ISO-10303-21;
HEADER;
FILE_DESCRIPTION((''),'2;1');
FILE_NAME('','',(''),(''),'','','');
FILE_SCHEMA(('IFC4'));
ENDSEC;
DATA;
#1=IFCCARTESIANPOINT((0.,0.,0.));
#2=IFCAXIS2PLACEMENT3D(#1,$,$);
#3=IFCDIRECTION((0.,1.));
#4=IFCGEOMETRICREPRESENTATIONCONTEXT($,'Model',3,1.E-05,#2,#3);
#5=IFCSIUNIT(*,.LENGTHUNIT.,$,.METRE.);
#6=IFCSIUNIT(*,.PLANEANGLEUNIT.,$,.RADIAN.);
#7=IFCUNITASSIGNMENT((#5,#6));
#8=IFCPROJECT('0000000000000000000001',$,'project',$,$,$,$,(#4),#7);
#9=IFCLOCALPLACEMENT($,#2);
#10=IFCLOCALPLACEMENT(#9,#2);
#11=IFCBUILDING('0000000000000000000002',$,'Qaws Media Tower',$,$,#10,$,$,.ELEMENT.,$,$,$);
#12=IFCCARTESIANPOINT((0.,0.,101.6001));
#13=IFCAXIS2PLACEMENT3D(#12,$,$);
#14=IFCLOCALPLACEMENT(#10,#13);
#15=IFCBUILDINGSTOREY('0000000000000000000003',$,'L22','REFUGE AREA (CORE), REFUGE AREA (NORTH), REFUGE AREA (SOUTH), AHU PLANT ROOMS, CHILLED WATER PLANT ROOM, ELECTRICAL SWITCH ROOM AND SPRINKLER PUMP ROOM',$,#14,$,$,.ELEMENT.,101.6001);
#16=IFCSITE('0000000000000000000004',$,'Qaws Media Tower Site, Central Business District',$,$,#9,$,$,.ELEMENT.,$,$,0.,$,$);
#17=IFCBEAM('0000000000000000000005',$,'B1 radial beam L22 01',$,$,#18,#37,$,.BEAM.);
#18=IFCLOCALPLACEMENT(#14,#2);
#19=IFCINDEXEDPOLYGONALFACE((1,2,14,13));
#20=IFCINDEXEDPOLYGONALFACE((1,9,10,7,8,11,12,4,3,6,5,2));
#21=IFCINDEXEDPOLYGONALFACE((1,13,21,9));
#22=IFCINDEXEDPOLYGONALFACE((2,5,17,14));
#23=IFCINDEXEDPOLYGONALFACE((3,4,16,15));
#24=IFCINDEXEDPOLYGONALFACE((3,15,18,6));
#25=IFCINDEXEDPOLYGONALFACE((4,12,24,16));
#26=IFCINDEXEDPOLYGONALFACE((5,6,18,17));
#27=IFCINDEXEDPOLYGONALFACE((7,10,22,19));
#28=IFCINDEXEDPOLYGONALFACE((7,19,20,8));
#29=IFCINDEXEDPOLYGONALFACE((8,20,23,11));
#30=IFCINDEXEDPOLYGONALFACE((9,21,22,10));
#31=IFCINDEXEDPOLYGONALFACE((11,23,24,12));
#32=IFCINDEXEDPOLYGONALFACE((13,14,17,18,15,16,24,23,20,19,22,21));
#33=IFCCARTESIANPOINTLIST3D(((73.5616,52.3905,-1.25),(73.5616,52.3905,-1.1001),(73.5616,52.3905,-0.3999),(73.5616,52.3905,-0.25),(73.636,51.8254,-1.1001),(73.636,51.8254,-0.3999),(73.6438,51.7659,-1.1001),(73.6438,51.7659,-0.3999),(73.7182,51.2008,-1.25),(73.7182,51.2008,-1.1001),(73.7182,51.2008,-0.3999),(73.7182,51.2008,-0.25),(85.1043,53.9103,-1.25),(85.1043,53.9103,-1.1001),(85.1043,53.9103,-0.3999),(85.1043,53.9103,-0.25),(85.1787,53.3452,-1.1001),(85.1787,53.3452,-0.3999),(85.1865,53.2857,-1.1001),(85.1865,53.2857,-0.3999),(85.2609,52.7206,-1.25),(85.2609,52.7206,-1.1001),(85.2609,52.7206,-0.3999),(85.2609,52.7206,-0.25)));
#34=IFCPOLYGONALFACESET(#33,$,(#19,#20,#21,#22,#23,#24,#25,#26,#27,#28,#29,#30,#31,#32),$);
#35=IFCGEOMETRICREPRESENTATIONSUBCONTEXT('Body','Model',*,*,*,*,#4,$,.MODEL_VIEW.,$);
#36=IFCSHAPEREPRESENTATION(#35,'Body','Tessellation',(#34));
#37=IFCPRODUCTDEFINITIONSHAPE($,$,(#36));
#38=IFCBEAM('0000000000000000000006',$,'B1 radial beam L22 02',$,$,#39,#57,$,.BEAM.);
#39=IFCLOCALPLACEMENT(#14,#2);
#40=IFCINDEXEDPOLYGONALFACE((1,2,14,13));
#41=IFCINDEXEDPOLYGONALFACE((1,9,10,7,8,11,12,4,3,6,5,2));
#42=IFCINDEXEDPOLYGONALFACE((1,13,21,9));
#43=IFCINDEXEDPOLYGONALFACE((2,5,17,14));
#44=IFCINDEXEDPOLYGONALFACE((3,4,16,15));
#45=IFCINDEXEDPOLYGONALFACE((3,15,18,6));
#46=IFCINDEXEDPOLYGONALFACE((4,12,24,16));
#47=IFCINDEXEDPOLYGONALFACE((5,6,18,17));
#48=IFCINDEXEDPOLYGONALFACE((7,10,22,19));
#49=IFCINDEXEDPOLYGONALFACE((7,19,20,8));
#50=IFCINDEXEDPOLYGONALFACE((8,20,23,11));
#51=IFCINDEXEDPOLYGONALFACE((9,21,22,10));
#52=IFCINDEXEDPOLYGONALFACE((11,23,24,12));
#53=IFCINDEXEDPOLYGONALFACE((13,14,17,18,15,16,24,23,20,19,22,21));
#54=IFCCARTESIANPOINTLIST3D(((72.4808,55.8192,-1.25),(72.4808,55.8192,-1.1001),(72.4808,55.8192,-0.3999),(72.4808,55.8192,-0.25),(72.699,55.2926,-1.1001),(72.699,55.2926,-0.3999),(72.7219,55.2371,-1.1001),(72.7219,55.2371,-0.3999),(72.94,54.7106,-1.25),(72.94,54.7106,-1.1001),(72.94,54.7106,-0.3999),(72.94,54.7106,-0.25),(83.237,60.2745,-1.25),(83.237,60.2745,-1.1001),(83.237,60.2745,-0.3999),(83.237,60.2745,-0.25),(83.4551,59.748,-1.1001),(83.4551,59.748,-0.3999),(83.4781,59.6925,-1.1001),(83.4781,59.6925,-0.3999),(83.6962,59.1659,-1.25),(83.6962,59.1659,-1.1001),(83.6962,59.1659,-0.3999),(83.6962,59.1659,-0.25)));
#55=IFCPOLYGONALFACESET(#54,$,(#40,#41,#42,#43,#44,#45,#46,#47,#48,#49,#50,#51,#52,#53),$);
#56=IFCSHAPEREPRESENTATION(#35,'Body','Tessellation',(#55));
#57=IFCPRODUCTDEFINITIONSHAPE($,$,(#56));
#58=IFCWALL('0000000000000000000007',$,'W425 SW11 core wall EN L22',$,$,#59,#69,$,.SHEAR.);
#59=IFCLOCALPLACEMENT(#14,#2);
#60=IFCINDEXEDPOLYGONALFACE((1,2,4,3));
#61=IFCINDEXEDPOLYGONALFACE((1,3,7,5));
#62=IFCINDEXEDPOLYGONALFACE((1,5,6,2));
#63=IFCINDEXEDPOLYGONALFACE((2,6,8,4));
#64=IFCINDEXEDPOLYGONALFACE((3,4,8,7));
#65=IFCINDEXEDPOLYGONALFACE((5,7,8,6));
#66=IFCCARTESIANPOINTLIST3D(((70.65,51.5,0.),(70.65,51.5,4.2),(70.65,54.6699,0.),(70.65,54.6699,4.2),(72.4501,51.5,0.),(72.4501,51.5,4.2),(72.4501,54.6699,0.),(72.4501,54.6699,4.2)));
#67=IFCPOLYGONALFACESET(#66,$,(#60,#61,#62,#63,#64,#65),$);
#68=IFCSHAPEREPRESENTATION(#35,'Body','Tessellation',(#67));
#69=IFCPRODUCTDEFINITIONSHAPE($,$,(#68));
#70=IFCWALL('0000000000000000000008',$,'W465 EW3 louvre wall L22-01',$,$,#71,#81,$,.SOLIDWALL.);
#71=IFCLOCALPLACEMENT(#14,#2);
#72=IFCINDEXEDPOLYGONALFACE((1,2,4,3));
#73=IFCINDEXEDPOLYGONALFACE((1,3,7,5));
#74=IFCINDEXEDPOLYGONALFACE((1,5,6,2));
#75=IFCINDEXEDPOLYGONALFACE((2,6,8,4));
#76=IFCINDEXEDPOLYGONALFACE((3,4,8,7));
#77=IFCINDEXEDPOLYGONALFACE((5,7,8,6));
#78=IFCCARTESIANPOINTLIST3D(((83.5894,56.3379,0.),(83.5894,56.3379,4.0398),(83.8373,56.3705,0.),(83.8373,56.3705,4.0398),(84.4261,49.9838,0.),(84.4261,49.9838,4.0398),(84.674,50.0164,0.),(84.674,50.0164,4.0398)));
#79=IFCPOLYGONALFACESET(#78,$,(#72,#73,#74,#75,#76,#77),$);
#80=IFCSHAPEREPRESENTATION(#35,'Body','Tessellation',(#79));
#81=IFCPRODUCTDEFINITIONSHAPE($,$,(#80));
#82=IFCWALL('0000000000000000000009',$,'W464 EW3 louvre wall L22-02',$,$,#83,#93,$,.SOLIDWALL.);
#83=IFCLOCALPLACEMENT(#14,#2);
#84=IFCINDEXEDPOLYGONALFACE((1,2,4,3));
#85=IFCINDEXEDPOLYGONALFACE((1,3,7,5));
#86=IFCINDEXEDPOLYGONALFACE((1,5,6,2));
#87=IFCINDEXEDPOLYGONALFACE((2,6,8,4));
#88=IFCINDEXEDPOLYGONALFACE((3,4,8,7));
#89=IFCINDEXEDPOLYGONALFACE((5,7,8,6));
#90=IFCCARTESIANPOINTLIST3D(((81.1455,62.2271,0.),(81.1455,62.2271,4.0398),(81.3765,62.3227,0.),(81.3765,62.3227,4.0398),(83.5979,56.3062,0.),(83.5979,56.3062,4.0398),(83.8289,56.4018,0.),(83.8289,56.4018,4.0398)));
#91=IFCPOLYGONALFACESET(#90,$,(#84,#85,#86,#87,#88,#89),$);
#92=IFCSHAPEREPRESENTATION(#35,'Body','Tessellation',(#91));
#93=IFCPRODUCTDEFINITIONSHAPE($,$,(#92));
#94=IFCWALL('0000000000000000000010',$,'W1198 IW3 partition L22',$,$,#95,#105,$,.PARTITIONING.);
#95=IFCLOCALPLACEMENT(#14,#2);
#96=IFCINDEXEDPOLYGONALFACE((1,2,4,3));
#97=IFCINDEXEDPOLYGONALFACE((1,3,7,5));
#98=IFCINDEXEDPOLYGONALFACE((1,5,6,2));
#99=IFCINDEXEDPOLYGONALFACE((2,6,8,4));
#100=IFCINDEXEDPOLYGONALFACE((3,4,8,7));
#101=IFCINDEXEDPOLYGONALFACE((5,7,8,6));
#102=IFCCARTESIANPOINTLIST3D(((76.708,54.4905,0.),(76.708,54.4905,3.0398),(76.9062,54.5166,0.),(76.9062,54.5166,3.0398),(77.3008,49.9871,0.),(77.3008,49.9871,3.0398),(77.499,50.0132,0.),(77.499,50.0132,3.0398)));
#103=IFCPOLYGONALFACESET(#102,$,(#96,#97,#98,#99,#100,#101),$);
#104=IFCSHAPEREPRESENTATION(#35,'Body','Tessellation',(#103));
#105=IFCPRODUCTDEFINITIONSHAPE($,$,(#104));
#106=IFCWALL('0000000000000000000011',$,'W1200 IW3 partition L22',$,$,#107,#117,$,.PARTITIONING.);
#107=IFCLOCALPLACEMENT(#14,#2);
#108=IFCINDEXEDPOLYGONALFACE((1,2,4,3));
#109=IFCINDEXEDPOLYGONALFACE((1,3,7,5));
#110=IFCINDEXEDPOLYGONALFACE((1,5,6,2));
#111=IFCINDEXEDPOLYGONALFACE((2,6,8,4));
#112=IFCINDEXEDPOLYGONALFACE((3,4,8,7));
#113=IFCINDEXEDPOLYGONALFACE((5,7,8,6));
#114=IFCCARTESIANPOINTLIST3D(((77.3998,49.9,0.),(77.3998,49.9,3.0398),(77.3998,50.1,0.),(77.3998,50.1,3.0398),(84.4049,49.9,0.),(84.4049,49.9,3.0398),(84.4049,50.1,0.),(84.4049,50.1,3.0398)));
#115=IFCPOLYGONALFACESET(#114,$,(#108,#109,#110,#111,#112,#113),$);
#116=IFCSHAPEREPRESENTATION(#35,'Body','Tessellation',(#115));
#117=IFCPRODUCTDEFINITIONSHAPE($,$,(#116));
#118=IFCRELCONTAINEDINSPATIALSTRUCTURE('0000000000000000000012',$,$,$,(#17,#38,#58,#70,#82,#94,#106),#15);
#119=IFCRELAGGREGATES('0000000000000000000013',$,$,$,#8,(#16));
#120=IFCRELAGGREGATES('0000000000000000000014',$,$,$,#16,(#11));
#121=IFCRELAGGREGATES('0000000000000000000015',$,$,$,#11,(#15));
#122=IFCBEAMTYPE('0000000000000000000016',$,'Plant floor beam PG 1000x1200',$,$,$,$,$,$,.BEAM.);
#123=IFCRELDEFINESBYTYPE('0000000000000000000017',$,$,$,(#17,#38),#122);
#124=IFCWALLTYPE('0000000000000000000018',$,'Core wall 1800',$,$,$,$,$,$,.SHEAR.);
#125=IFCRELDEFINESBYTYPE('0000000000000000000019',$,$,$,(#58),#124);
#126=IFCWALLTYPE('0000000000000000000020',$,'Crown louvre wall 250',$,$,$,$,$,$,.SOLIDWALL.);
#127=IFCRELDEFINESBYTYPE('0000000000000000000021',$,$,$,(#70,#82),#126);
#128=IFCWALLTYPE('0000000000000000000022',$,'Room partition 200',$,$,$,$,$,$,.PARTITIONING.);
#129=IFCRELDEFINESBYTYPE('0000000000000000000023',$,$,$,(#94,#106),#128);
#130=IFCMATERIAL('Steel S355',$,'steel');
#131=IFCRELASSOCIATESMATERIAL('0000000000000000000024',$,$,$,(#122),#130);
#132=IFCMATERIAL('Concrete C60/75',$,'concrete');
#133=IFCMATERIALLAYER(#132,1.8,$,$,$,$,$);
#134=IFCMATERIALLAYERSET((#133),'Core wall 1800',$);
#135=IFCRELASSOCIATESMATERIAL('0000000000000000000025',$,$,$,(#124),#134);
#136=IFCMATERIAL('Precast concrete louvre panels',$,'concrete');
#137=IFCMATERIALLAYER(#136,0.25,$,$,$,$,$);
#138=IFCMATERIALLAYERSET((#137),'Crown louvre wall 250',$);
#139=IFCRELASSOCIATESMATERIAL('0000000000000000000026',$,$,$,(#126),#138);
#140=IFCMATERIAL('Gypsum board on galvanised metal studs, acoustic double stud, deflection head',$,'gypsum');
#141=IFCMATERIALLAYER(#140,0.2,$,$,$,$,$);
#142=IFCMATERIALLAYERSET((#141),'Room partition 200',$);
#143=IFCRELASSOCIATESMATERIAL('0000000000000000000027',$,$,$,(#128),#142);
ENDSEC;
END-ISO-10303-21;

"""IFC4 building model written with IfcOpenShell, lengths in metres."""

from ifc_helpers import new_model, si_unit, direction, frame, frame_2d, origin, origin_2d, place, context, subcontext, project, spatial, rectangle, i_section, extrude, material, layer, layer_set, material_profile, profile_set, type_object, element, save


model = new_model("IFC4")

# Units and contexts
model_context = context("Model", 3, precision=1e-05, world=origin(), true_north=direction((0.0, 1.0)))
body_context = subcontext(model_context, "Body", "Model", "MODEL_VIEW")
ifc_project = project(units=[si_unit("LENGTHUNIT", "METRE"), si_unit("PLANEANGLEUNIT", "RADIAN")], contexts=[model_context])

# Site, building, storey
site_placement = place(None, origin())
site = spatial("IfcSite", under=ifc_project, at=site_placement, Name="Qaws Media Tower Site, Central Business District", CompositionType="ELEMENT", RefElevation=0.0)
building_placement = place(site_placement, origin())
building = spatial("IfcBuilding", under=site, at=building_placement, Name="Qaws Media Tower", CompositionType="ELEMENT")
storey_placement = place(building_placement, frame((0.0, 0.0, 101.6001)))
storey = spatial("IfcBuildingStorey", under=building, at=storey_placement, Name="L22", Description="REFUGE AREA (CORE), REFUGE AREA (NORTH), REFUGE AREA (SOUTH), AHU PLANT ROOMS, CHILLED WATER PLANT ROOM, ELECTRICAL SWITCH ROOM AND SPRINKLER PUMP ROOM", CompositionType="ELEMENT", Elevation=101.6001)

# Beams
ifc_material_1 = material(Name="Steel S355", Category="steel")
ifc_material_profile_1 = material_profile(ifc_material_1, i_section(OverallWidth=1.2, OverallDepth=1.0, WebThickness=0.0601, FlangeThickness=0.1499, at=origin_2d()), Name="PG 1000x1200")
ifc_profile_set_1 = profile_set([ifc_material_profile_1], Name="Steel S355")
beam_type_1 = type_object("IfcBeamType", Name="Plant floor beam PG 1000x1200", PredefinedType="BEAM", material=ifc_profile_set_1)
for number, where, z_axis, x_axis, name in (
    (1, (73.6399, 51.7957, -0.75), (0.991443, 0.130539, 0.0), (-0.130539, 0.991443, 0.0), "B1 radial beam L22 01"),
    (2, (72.7104, 55.2649, -0.75), (0.92388, 0.382683, 0.0), (-0.382683, 0.92388, 0.0), "B1 radial beam L22 02"),
):
    element("IfcBeam", number, at=place(storey_placement, frame(where, z_axis=z_axis, x_axis=x_axis)), inside=storey, type_object=beam_type_1, Name=name, PredefinedType="BEAM", context=body_context, shape_type="SweptSolid", body=[
        extrude(i_section(OverallWidth=1.2, OverallDepth=1.0, WebThickness=0.0601, FlangeThickness=0.1499, at=origin_2d()), origin(), (0.0, 0.0, 1.0), 11.6423),
    ])

# Walls
ifc_material_2 = material(Name="Concrete C60/75", Category="concrete")
ifc_layer_1 = layer(ifc_material_2, 1.8)
ifc_layer_set_1 = layer_set([ifc_layer_1], Name="Core wall 1800")
wall_type_1 = type_object("IfcWallType", Name="Core wall 1800", PredefinedType="SHEAR", material=ifc_layer_set_1)
wall_1_placement = place(storey_placement, frame((71.55, 51.5, 0.0), z_axis=(0.0, 0.0, 1.0), x_axis=(0.0, 1.0, 0.0)))
element("IfcWall", 3, at=wall_1_placement, inside=storey, type_object=wall_type_1, Name="W425 SW11 core wall EN L22", PredefinedType="SHEAR", context=body_context, shape_type="SweptSolid", body=[
    extrude(rectangle(XDim=3.1699, YDim=1.8, at=frame_2d((1.585, 0.0))), origin(), (0.0, 0.0, 1.0), 4.2),
])
ifc_material_3 = material(Name="Precast concrete louvre panels", Category="concrete")
ifc_layer_2 = layer(ifc_material_3, 0.25)
ifc_layer_set_2 = layer_set([ifc_layer_2], Name="Crown louvre wall 250")
wall_type_2 = type_object("IfcWallType", Name="Crown louvre wall 250", PredefinedType="SOLIDWALL", material=ifc_layer_set_2)
wall_2_placement = place(storey_placement, frame((84.55, 50.0, 0.0), z_axis=(0.0, 0.0, 1.0), x_axis=(-0.130549, 0.991442, 0.0)))
element("IfcWall", 4, at=wall_2_placement, inside=storey, type_object=wall_type_2, Name="W465 EW3 louvre wall L22-01", PredefinedType="SOLIDWALL", context=body_context, shape_type="SweptSolid", body=[
    extrude(rectangle(XDim=6.4089, YDim=0.25, at=frame_2d((3.2046, 0.0))), origin(), (0.0, 0.0, 1.0), 4.0398),
])
wall_3_placement = place(storey_placement, frame((83.7134, 56.354, 0.0), z_axis=(0.0, 0.0, 1.0), x_axis=(-0.382667, 0.923886, 0.0)))
element("IfcWall", 5, at=wall_3_placement, inside=storey, type_object=wall_type_2, Name="W464 EW3 louvre wall L22-02", PredefinedType="SOLIDWALL", context=body_context, shape_type="SweptSolid", body=[
    extrude(rectangle(XDim=6.4087, YDim=0.25, at=frame_2d((3.2043, 0.0))), origin(), (0.0, 0.0, 1.0), 4.0398),
])
ifc_material_4 = material(Name="Gypsum board on galvanised metal studs, acoustic double stud, deflection head", Category="gypsum")
ifc_layer_3 = layer(ifc_material_4, 0.2)
ifc_layer_set_3 = layer_set([ifc_layer_3], Name="Room partition 200")
wall_type_3 = type_object("IfcWallType", Name="Room partition 200", PredefinedType="PARTITIONING", material=ifc_layer_set_3)
wall_4_placement = place(storey_placement, frame((76.8071, 54.5034, 0.0), z_axis=(0.0, 0.0, 1.0), x_axis=(0.130502, -0.991448, 0.0)))
element("IfcWall", 6, at=wall_4_placement, inside=storey, type_object=wall_type_3, Name="W1198 IW3 partition L22", PredefinedType="PARTITIONING", context=body_context, shape_type="SweptSolid", body=[
    extrude(rectangle(XDim=4.5422, YDim=0.2, at=frame_2d((2.271, 0.0))), origin(), (0.0, 0.0, 1.0), 3.0398),
])

# Wall
wall_5_placement = place(storey_placement, frame((77.3999, 50.0, 0.0), z_axis=(0.0, 0.0, 1.0), x_axis=(1.0, 0.0, 0.0)))
element("IfcWall", 7, at=wall_5_placement, inside=storey, type_object=wall_type_3, Name="W1200 IW3 partition L22", PredefinedType="PARTITIONING", context=body_context, shape_type="SweptSolid", body=[
    extrude(rectangle(XDim=7.0051, YDim=0.2, at=frame_2d((3.5024, 0.0))), origin(), (0.0, 0.0, 1.0), 3.0398),
])

save(model, "model.ifc")
